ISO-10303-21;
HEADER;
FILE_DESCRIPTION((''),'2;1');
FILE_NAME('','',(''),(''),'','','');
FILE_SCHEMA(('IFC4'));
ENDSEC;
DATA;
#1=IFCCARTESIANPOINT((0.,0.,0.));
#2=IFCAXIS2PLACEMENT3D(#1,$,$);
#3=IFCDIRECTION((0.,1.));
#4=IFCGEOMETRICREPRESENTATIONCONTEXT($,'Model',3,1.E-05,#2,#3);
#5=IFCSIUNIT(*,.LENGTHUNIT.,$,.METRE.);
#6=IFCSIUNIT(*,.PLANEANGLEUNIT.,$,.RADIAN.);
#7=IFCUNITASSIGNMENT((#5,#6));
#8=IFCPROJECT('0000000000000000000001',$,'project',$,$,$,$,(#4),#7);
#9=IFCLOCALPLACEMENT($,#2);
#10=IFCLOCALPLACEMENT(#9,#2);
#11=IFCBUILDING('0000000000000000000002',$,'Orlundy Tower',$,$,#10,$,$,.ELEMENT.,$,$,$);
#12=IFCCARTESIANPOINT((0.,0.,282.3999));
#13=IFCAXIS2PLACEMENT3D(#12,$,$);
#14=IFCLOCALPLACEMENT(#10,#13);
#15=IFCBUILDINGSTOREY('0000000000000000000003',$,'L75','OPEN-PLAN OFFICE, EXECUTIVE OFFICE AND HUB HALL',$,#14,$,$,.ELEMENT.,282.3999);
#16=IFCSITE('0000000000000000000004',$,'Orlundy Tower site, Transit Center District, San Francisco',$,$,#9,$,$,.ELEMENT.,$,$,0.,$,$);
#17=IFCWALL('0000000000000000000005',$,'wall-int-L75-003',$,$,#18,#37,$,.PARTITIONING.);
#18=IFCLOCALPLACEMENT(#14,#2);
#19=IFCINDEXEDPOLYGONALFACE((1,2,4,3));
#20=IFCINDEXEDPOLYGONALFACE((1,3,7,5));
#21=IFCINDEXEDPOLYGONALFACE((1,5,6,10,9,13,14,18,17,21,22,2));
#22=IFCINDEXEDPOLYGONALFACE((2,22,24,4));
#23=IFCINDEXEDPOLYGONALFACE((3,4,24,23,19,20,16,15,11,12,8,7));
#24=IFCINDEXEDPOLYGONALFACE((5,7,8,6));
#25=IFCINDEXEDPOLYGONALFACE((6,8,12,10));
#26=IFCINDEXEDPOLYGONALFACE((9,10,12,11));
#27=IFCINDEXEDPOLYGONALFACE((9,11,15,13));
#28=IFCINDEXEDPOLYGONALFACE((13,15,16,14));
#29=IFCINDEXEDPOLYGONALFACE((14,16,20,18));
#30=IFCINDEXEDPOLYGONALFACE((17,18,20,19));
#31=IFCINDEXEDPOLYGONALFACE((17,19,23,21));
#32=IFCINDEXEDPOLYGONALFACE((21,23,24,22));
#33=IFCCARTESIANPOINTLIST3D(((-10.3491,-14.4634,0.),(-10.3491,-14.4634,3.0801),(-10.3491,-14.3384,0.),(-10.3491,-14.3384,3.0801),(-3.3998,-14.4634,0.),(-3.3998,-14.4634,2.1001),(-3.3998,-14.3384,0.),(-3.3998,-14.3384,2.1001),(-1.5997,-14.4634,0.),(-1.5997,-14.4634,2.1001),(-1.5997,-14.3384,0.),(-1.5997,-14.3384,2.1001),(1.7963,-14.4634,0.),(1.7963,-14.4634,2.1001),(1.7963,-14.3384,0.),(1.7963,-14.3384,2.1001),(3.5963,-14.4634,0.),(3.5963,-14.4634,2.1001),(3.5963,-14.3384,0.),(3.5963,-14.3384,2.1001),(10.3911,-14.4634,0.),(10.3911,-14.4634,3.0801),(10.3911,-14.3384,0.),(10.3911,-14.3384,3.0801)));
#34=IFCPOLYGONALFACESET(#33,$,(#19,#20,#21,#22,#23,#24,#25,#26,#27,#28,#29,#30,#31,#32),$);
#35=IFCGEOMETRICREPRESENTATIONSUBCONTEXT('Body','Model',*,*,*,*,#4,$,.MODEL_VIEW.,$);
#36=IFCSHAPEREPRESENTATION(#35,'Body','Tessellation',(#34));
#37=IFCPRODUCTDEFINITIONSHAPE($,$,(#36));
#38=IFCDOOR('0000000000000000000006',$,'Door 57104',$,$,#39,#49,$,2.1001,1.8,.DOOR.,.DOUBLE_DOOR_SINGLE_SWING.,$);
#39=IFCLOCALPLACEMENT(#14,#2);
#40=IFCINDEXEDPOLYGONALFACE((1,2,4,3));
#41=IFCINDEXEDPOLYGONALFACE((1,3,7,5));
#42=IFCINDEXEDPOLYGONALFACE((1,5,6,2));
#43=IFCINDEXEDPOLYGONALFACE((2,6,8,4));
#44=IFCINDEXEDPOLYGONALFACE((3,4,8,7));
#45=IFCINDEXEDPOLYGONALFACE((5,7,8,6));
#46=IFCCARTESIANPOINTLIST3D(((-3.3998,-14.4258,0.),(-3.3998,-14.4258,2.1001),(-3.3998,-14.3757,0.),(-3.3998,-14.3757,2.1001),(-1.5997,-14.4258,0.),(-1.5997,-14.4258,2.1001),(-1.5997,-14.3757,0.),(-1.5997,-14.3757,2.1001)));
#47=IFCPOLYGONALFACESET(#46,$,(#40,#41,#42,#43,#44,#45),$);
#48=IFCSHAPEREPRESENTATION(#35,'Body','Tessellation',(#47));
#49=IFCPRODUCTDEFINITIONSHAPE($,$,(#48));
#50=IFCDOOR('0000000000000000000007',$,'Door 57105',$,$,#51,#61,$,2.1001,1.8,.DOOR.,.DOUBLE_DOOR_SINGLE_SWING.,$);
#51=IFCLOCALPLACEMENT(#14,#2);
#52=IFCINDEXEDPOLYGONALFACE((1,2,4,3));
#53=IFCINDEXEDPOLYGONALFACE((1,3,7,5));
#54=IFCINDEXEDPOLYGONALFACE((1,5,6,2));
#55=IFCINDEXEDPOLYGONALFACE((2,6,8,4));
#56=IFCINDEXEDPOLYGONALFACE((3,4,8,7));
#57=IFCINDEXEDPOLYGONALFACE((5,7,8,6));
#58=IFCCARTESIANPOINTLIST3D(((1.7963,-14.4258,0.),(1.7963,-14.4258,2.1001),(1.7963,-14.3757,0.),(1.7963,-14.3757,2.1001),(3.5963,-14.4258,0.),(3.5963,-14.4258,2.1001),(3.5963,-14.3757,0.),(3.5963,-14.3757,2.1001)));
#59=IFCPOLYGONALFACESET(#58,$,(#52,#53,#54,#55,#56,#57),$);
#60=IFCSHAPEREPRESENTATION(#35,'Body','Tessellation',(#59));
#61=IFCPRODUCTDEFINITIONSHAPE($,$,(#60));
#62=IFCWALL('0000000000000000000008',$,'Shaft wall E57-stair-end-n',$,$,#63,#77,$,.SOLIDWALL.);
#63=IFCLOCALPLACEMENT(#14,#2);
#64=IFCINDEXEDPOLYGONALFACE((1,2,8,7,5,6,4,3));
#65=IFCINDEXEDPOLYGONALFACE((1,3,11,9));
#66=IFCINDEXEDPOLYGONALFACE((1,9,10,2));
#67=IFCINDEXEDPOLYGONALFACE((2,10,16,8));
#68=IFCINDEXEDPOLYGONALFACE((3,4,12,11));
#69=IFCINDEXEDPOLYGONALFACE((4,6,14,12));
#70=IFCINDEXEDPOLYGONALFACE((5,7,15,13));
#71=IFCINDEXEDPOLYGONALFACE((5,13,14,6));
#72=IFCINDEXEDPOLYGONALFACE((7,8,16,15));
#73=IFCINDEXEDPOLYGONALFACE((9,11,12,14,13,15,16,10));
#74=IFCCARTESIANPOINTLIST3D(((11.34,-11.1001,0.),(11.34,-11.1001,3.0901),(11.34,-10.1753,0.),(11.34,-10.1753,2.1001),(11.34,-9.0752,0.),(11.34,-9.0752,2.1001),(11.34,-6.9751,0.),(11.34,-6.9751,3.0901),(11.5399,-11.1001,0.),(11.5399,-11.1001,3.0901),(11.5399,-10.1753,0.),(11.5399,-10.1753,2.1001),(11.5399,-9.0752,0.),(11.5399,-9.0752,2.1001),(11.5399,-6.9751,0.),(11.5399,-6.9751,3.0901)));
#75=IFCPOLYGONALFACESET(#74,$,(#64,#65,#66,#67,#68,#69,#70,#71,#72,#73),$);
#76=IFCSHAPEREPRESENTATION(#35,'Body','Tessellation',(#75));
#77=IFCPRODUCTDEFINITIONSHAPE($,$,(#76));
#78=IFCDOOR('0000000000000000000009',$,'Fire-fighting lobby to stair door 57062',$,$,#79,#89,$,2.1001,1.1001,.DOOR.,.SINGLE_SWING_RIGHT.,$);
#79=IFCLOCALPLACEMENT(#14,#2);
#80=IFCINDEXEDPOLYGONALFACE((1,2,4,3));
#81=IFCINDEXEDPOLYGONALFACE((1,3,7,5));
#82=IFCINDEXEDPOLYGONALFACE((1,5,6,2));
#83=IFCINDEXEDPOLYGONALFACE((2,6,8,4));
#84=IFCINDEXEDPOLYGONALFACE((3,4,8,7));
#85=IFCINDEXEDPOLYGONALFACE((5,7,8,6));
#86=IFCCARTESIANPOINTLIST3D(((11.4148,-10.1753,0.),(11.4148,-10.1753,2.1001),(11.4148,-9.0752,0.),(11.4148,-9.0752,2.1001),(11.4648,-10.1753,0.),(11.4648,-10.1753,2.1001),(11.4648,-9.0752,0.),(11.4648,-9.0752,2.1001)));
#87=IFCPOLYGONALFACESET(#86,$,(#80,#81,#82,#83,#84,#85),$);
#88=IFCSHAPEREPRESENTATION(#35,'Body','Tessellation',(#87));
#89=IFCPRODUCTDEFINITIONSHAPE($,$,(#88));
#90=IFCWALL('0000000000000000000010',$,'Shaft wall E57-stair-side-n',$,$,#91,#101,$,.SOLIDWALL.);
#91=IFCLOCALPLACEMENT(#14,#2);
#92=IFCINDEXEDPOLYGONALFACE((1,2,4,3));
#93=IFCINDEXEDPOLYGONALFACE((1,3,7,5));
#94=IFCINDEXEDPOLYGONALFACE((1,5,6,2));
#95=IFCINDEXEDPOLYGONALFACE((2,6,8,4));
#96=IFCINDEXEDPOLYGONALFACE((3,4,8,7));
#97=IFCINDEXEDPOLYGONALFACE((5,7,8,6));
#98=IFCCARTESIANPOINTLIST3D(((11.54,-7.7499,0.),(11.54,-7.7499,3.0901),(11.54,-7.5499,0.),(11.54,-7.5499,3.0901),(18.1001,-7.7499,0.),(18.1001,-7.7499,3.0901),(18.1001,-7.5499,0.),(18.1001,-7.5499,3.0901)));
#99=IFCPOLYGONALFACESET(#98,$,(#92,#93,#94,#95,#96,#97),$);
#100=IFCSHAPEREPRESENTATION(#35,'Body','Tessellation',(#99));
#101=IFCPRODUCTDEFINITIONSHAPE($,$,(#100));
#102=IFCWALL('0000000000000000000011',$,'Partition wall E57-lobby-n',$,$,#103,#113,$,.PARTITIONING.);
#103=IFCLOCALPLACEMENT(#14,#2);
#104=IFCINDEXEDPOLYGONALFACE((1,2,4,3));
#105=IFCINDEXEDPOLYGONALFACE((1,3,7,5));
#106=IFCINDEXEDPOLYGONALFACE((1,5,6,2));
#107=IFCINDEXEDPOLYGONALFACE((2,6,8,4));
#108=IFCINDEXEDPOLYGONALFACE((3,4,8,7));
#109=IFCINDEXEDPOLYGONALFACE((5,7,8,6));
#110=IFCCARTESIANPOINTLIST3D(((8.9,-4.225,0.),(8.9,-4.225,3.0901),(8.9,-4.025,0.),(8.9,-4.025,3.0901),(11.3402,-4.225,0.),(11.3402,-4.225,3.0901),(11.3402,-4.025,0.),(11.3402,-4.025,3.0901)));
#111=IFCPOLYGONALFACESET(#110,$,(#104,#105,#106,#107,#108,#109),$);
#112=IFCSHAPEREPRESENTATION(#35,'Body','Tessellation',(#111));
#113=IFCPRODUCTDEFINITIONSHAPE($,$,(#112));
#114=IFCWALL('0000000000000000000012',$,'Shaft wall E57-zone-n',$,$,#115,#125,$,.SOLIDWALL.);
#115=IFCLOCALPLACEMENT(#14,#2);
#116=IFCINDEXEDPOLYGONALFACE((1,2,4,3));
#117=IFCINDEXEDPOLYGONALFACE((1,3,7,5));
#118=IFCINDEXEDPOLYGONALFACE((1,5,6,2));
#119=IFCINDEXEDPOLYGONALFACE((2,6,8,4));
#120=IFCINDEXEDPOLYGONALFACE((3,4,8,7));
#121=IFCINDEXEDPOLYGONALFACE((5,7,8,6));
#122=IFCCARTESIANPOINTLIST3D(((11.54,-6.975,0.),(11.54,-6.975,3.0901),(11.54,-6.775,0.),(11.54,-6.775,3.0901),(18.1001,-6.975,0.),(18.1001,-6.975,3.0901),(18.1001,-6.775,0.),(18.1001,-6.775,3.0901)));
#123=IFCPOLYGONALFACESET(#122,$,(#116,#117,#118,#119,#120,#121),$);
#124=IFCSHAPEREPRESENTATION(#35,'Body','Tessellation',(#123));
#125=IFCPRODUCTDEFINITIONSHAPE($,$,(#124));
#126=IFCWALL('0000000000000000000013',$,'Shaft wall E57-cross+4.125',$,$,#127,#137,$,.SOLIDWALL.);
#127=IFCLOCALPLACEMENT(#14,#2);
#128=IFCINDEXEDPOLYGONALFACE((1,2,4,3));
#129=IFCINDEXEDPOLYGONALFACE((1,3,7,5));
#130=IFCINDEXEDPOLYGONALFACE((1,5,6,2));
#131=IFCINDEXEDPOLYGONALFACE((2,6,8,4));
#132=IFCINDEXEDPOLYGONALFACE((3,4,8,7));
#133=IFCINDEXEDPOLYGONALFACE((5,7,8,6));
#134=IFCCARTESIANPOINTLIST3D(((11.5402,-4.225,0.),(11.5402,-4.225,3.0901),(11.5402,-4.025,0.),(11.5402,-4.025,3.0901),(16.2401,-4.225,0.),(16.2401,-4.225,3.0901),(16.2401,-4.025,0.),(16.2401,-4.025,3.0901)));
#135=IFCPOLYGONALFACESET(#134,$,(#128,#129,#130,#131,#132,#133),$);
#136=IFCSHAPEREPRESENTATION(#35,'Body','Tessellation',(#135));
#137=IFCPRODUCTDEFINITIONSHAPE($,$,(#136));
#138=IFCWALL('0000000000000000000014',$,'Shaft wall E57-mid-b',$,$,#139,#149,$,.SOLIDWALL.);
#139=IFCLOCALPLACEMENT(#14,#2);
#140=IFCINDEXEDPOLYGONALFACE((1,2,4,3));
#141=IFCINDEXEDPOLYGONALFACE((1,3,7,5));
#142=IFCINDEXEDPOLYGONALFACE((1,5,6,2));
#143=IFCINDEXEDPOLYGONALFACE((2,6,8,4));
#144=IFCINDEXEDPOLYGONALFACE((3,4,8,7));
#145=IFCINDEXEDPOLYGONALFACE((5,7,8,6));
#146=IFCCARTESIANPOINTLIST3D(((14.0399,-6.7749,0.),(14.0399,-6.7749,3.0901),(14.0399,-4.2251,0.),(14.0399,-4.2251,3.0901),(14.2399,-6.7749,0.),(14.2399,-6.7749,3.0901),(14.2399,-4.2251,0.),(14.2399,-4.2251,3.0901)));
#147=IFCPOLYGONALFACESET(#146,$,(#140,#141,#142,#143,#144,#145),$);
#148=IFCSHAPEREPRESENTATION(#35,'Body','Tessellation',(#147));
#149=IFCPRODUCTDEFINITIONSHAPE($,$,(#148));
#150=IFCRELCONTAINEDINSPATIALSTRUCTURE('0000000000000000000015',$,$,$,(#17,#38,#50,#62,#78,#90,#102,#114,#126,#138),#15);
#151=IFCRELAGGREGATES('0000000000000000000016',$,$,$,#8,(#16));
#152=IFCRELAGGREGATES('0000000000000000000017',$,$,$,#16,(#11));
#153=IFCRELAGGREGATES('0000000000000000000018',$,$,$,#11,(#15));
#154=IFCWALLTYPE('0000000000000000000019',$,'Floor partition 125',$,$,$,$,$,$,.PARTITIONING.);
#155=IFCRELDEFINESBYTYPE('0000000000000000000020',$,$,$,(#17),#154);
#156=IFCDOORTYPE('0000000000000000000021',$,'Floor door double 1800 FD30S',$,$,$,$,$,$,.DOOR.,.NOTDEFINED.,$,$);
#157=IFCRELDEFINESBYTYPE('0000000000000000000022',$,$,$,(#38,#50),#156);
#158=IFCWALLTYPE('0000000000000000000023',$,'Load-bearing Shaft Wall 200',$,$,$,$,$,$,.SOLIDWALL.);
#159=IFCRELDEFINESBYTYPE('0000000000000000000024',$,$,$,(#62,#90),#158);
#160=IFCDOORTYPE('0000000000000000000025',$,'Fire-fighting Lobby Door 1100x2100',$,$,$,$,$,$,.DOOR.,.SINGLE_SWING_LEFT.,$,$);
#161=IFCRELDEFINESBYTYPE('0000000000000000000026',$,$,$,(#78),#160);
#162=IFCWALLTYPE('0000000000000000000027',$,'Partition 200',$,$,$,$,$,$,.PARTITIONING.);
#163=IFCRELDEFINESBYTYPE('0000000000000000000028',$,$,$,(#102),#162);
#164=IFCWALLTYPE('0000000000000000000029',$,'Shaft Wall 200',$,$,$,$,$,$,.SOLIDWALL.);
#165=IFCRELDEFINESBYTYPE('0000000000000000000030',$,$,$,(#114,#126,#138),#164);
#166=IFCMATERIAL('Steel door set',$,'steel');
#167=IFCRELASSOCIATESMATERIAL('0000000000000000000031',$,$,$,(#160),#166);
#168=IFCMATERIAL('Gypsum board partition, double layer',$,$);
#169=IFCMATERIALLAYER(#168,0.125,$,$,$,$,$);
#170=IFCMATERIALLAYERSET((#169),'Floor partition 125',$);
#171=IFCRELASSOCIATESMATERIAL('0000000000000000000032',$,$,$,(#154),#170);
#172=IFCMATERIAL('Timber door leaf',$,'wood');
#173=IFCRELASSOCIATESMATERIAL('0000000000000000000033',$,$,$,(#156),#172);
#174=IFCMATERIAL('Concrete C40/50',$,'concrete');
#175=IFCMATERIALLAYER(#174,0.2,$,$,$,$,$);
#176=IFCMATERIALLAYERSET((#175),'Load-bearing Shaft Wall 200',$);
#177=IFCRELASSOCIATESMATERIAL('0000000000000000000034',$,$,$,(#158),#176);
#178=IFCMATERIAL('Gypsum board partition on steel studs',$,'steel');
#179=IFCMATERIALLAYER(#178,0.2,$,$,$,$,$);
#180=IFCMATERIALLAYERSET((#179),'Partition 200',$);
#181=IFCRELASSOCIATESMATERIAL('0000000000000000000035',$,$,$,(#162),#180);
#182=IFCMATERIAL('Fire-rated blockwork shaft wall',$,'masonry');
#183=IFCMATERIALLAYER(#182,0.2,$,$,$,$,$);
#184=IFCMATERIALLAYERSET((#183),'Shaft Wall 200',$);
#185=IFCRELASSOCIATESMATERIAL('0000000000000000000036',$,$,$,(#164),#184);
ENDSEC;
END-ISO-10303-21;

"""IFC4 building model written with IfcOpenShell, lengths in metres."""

from ifc_helpers import new_model, si_unit, direction, frame, frame_2d, origin, place, context, subcontext, project, spatial, rectangle, extrude, material, layer, layer_set, type_object, element, fill, save


model = new_model("IFC4")

# Units and contexts
model_context = context("Model", 3, precision=1e-05, world=origin(), true_north=direction((0.0, 1.0)))
body_context = subcontext(model_context, "Body", "Model", "MODEL_VIEW")
ifc_project = project(units=[si_unit("LENGTHUNIT", "METRE"), si_unit("PLANEANGLEUNIT", "RADIAN")], contexts=[model_context])

# Site, building, storey
site_placement = place(None, origin())
site = spatial("IfcSite", under=ifc_project, at=site_placement, Name="Orlundy Tower site, Transit Center District, San Francisco", CompositionType="ELEMENT", RefElevation=0.0)
building_placement = place(site_placement, origin())
building = spatial("IfcBuilding", under=site, at=building_placement, Name="Orlundy Tower", CompositionType="ELEMENT")
storey_placement = place(building_placement, frame((0.0, 0.0, 282.3999)))
storey = spatial("IfcBuildingStorey", under=building, at=storey_placement, Name="L75", Description="OPEN-PLAN OFFICE, EXECUTIVE OFFICE AND HUB HALL", CompositionType="ELEMENT", Elevation=282.3999)

# Shared definitions
ifc_material_1 = material(Name="Steel door set", Category="steel")
door_type_1 = type_object("IfcDoorType", Name="Fire-fighting Lobby Door 1100x2100", OperationType="SINGLE_SWING_LEFT", PredefinedType="DOOR", material=ifc_material_1)

# Wall, openings, doors
ifc_material_2 = material(Name="Gypsum board partition, double layer")
ifc_layer_1 = layer(ifc_material_2, 0.125)
ifc_layer_set_1 = layer_set([ifc_layer_1], Name="Floor partition 125")
wall_type_1 = type_object("IfcWallType", Name="Floor partition 125", PredefinedType="PARTITIONING", material=ifc_layer_set_1)
wall_1_placement = place(storey_placement, frame((10.3911, -14.4009, 0.0), z_axis=(0.0, 0.0, 1.0), x_axis=(-1.0, 0.0, 0.0)))
wall_1 = element("IfcWall", 1, at=wall_1_placement, inside=storey, type_object=wall_type_1, Name="wall-int-L75-003", PredefinedType="PARTITIONING", context=body_context, shape_type="SweptSolid", body=[
    extrude(rectangle(XDim=20.7402, YDim=0.125, at=frame_2d((10.3701, 0.0))), origin(), (0.0, 0.0, 1.0), 3.0801),
])
opening_1_placement = place(wall_1_placement, frame((11.991, 0.0, 0.0)))
opening_1 = element("IfcOpeningElement", 2, at=opening_1_placement, cuts=wall_1, PredefinedType="OPENING", context=body_context, shape_type="SweptSolid", body=[
    extrude(rectangle(XDim=1.8, YDim=2.1001, at=frame_2d((0.8999, 1.05))), frame((0.0, 0.0725, 0.0), z_axis=(0.0, -1.0, 0.0), x_axis=(1.0, 0.0, 0.0)), (0.0, 0.0, 1.0), 0.145),
])
opening_2_placement = place(wall_1_placement, frame((6.7949, 0.0, 0.0)))
opening_2 = element("IfcOpeningElement", 3, at=opening_2_placement, cuts=wall_1, PredefinedType="OPENING", context=body_context, shape_type="SweptSolid", body=[
    extrude(rectangle(XDim=1.8, YDim=2.1001, at=frame_2d((0.8999, 1.05))), frame((0.0, 0.0725, 0.0), z_axis=(0.0, -1.0, 0.0), x_axis=(1.0, 0.0, 0.0)), (0.0, 0.0, 1.0), 0.145),
])
ifc_material_3 = material(Name="Timber door leaf", Category="wood")
door_type_2 = type_object("IfcDoorType", Name="Floor door double 1800 FD30S", OperationType="NOTDEFINED", PredefinedType="DOOR", material=ifc_material_3)
door_1_placement = place(opening_1_placement, origin())
door_1 = element("IfcDoor", 4, at=door_1_placement, inside=storey, type_object=door_type_2, Name="Door 57104", OperationType="DOUBLE_DOOR_SINGLE_SWING", OverallHeight=2.1001, OverallWidth=1.8, PredefinedType="DOOR", context=body_context, shape_type="SweptSolid", body=[
    extrude(rectangle(XDim=1.8, YDim=2.1001, at=frame_2d((0.8999, 1.05))), frame((0.0, 0.0249, 0.0), z_axis=(0.0, -1.0, 0.0), x_axis=(1.0, 0.0, 0.0)), (0.0, 0.0, 1.0), 0.05),
])
fill(opening_1, door_1)
door_2_placement = place(opening_2_placement, origin())
door_2 = element("IfcDoor", 5, at=door_2_placement, inside=storey, type_object=door_type_2, Name="Door 57105", OperationType="DOUBLE_DOOR_SINGLE_SWING", OverallHeight=2.1001, OverallWidth=1.8, PredefinedType="DOOR", context=body_context, shape_type="SweptSolid", body=[
    extrude(rectangle(XDim=1.8, YDim=2.1001, at=frame_2d((0.8999, 1.05))), frame((0.0, 0.0249, 0.0), z_axis=(0.0, -1.0, 0.0), x_axis=(1.0, 0.0, 0.0)), (0.0, 0.0, 1.0), 0.05),
])
fill(opening_2, door_2)

# Wall, opening, door
ifc_material_4 = material(Name="Concrete C40/50", Category="concrete")
ifc_layer_2 = layer(ifc_material_4, 0.2)
ifc_layer_set_2 = layer_set([ifc_layer_2], Name="Load-bearing Shaft Wall 200")
wall_type_2 = type_object("IfcWallType", Name="Load-bearing Shaft Wall 200", PredefinedType="SOLIDWALL", material=ifc_layer_set_2)
wall_2_placement = place(storey_placement, frame((11.4399, -6.9751, 0.0), z_axis=(0.0, 0.0, 1.0), x_axis=(0.0, -1.0, 0.0)))
wall_2 = element("IfcWall", 6, at=wall_2_placement, inside=storey, type_object=wall_type_2, Name="Shaft wall E57-stair-end-n", PredefinedType="SOLIDWALL", context=body_context, shape_type="SweptSolid", body=[
    extrude(rectangle(XDim=4.125, YDim=0.2, at=frame_2d((2.0625, 0.0))), origin(), (0.0, 0.0, 1.0), 3.0901),
])
opening_3_placement = place(wall_2_placement, frame((2.1001, 0.0, 0.0)))
opening_3 = element("IfcOpeningElement", 7, at=opening_3_placement, cuts=wall_2, PredefinedType="OPENING", context=body_context, shape_type="SweptSolid", body=[
    extrude(rectangle(XDim=1.1001, YDim=2.1001, at=frame_2d((0.55, 1.05))), frame((0.0, 0.1101, 0.0), z_axis=(0.0, -1.0, 0.0), x_axis=(1.0, 0.0, 0.0)), (0.0, 0.0, 1.0), 0.2202),
])
door_3_placement = place(opening_3_placement, origin())
door_3 = element("IfcDoor", 8, at=door_3_placement, inside=storey, type_object=door_type_1, Name="Fire-fighting lobby to stair door 57062", OperationType="SINGLE_SWING_RIGHT", OverallHeight=2.1001, OverallWidth=1.1001, PredefinedType="DOOR", context=body_context, shape_type="SweptSolid", body=[
    extrude(rectangle(XDim=1.1001, YDim=2.1001, at=frame_2d((0.55, 1.05))), frame((0.0, 0.0249, 0.0), z_axis=(0.0, -1.0, 0.0), x_axis=(1.0, 0.0, 0.0)), (0.0, 0.0, 1.0), 0.05),
])
fill(opening_3, door_3)

# Walls
wall_3_placement = place(storey_placement, frame((11.54, -7.6499, 0.0), z_axis=(0.0, 0.0, 1.0), x_axis=(1.0, 0.0, 0.0)))
element("IfcWall", 9, at=wall_3_placement, inside=storey, type_object=wall_type_2, Name="Shaft wall E57-stair-side-n", PredefinedType="SOLIDWALL", context=body_context, shape_type="SweptSolid", body=[
    extrude(rectangle(XDim=6.5601, YDim=0.2, at=frame_2d((3.28, 0.0))), origin(), (0.0, 0.0, 1.0), 3.0901),
])
ifc_material_5 = material(Name="Gypsum board partition on steel studs", Category="steel")
ifc_layer_3 = layer(ifc_material_5, 0.2)
ifc_layer_set_3 = layer_set([ifc_layer_3], Name="Partition 200")
wall_type_3 = type_object("IfcWallType", Name="Partition 200", PredefinedType="PARTITIONING", material=ifc_layer_set_3)
wall_4_placement = place(storey_placement, frame((8.8999, -4.125, 0.0), z_axis=(0.0, 0.0, 1.0), x_axis=(1.0, 0.0, 0.0)))
element("IfcWall", 10, at=wall_4_placement, inside=storey, type_object=wall_type_3, Name="Partition wall E57-lobby-n", PredefinedType="PARTITIONING", context=body_context, shape_type="SweptSolid", body=[
    extrude(rectangle(XDim=2.4402, YDim=0.2, at=frame_2d((1.2202, 0.0))), origin(), (0.0, 0.0, 1.0), 3.0901),
])
ifc_material_6 = material(Name="Fire-rated blockwork shaft wall", Category="masonry")
ifc_layer_4 = layer(ifc_material_6, 0.2)
ifc_layer_set_4 = layer_set([ifc_layer_4], Name="Shaft Wall 200")
wall_type_4 = type_object("IfcWallType", Name="Shaft Wall 200", PredefinedType="SOLIDWALL", material=ifc_layer_set_4)
wall_5_placement = place(storey_placement, frame((11.54, -6.875, 0.0), z_axis=(0.0, 0.0, 1.0), x_axis=(1.0, 0.0, 0.0)))
element("IfcWall", 11, at=wall_5_placement, inside=storey, type_object=wall_type_4, Name="Shaft wall E57-zone-n", PredefinedType="SOLIDWALL", context=body_context, shape_type="SweptSolid", body=[
    extrude(rectangle(XDim=6.5601, YDim=0.2, at=frame_2d((3.28, 0.0))), origin(), (0.0, 0.0, 1.0), 3.0901),
])
wall_6_placement = place(storey_placement, frame((11.54, -4.125, 0.0), z_axis=(0.0, 0.0, 1.0), x_axis=(1.0, 0.0, 0.0)))
element("IfcWall", 12, at=wall_6_placement, inside=storey, type_object=wall_type_4, Name="Shaft wall E57-cross+4.125", PredefinedType="SOLIDWALL", context=body_context, shape_type="SweptSolid", body=[
    extrude(rectangle(XDim=4.7, YDim=0.2, at=frame_2d((2.3501, 0.0))), origin(), (0.0, 0.0, 1.0), 3.0901),
])
wall_7_placement = place(storey_placement, frame((14.1399, -4.2251, 0.0), z_axis=(0.0, 0.0, 1.0), x_axis=(0.0, -1.0, 0.0)))
element("IfcWall", 13, at=wall_7_placement, inside=storey, type_object=wall_type_4, Name="Shaft wall E57-mid-b", PredefinedType="SOLIDWALL", context=body_context, shape_type="SweptSolid", body=[
    extrude(rectangle(XDim=2.5498, YDim=0.2, at=frame_2d((1.2749, 0.0))), origin(), (0.0, 0.0, 1.0), 3.0901),
])

save(model, "model.ifc")
